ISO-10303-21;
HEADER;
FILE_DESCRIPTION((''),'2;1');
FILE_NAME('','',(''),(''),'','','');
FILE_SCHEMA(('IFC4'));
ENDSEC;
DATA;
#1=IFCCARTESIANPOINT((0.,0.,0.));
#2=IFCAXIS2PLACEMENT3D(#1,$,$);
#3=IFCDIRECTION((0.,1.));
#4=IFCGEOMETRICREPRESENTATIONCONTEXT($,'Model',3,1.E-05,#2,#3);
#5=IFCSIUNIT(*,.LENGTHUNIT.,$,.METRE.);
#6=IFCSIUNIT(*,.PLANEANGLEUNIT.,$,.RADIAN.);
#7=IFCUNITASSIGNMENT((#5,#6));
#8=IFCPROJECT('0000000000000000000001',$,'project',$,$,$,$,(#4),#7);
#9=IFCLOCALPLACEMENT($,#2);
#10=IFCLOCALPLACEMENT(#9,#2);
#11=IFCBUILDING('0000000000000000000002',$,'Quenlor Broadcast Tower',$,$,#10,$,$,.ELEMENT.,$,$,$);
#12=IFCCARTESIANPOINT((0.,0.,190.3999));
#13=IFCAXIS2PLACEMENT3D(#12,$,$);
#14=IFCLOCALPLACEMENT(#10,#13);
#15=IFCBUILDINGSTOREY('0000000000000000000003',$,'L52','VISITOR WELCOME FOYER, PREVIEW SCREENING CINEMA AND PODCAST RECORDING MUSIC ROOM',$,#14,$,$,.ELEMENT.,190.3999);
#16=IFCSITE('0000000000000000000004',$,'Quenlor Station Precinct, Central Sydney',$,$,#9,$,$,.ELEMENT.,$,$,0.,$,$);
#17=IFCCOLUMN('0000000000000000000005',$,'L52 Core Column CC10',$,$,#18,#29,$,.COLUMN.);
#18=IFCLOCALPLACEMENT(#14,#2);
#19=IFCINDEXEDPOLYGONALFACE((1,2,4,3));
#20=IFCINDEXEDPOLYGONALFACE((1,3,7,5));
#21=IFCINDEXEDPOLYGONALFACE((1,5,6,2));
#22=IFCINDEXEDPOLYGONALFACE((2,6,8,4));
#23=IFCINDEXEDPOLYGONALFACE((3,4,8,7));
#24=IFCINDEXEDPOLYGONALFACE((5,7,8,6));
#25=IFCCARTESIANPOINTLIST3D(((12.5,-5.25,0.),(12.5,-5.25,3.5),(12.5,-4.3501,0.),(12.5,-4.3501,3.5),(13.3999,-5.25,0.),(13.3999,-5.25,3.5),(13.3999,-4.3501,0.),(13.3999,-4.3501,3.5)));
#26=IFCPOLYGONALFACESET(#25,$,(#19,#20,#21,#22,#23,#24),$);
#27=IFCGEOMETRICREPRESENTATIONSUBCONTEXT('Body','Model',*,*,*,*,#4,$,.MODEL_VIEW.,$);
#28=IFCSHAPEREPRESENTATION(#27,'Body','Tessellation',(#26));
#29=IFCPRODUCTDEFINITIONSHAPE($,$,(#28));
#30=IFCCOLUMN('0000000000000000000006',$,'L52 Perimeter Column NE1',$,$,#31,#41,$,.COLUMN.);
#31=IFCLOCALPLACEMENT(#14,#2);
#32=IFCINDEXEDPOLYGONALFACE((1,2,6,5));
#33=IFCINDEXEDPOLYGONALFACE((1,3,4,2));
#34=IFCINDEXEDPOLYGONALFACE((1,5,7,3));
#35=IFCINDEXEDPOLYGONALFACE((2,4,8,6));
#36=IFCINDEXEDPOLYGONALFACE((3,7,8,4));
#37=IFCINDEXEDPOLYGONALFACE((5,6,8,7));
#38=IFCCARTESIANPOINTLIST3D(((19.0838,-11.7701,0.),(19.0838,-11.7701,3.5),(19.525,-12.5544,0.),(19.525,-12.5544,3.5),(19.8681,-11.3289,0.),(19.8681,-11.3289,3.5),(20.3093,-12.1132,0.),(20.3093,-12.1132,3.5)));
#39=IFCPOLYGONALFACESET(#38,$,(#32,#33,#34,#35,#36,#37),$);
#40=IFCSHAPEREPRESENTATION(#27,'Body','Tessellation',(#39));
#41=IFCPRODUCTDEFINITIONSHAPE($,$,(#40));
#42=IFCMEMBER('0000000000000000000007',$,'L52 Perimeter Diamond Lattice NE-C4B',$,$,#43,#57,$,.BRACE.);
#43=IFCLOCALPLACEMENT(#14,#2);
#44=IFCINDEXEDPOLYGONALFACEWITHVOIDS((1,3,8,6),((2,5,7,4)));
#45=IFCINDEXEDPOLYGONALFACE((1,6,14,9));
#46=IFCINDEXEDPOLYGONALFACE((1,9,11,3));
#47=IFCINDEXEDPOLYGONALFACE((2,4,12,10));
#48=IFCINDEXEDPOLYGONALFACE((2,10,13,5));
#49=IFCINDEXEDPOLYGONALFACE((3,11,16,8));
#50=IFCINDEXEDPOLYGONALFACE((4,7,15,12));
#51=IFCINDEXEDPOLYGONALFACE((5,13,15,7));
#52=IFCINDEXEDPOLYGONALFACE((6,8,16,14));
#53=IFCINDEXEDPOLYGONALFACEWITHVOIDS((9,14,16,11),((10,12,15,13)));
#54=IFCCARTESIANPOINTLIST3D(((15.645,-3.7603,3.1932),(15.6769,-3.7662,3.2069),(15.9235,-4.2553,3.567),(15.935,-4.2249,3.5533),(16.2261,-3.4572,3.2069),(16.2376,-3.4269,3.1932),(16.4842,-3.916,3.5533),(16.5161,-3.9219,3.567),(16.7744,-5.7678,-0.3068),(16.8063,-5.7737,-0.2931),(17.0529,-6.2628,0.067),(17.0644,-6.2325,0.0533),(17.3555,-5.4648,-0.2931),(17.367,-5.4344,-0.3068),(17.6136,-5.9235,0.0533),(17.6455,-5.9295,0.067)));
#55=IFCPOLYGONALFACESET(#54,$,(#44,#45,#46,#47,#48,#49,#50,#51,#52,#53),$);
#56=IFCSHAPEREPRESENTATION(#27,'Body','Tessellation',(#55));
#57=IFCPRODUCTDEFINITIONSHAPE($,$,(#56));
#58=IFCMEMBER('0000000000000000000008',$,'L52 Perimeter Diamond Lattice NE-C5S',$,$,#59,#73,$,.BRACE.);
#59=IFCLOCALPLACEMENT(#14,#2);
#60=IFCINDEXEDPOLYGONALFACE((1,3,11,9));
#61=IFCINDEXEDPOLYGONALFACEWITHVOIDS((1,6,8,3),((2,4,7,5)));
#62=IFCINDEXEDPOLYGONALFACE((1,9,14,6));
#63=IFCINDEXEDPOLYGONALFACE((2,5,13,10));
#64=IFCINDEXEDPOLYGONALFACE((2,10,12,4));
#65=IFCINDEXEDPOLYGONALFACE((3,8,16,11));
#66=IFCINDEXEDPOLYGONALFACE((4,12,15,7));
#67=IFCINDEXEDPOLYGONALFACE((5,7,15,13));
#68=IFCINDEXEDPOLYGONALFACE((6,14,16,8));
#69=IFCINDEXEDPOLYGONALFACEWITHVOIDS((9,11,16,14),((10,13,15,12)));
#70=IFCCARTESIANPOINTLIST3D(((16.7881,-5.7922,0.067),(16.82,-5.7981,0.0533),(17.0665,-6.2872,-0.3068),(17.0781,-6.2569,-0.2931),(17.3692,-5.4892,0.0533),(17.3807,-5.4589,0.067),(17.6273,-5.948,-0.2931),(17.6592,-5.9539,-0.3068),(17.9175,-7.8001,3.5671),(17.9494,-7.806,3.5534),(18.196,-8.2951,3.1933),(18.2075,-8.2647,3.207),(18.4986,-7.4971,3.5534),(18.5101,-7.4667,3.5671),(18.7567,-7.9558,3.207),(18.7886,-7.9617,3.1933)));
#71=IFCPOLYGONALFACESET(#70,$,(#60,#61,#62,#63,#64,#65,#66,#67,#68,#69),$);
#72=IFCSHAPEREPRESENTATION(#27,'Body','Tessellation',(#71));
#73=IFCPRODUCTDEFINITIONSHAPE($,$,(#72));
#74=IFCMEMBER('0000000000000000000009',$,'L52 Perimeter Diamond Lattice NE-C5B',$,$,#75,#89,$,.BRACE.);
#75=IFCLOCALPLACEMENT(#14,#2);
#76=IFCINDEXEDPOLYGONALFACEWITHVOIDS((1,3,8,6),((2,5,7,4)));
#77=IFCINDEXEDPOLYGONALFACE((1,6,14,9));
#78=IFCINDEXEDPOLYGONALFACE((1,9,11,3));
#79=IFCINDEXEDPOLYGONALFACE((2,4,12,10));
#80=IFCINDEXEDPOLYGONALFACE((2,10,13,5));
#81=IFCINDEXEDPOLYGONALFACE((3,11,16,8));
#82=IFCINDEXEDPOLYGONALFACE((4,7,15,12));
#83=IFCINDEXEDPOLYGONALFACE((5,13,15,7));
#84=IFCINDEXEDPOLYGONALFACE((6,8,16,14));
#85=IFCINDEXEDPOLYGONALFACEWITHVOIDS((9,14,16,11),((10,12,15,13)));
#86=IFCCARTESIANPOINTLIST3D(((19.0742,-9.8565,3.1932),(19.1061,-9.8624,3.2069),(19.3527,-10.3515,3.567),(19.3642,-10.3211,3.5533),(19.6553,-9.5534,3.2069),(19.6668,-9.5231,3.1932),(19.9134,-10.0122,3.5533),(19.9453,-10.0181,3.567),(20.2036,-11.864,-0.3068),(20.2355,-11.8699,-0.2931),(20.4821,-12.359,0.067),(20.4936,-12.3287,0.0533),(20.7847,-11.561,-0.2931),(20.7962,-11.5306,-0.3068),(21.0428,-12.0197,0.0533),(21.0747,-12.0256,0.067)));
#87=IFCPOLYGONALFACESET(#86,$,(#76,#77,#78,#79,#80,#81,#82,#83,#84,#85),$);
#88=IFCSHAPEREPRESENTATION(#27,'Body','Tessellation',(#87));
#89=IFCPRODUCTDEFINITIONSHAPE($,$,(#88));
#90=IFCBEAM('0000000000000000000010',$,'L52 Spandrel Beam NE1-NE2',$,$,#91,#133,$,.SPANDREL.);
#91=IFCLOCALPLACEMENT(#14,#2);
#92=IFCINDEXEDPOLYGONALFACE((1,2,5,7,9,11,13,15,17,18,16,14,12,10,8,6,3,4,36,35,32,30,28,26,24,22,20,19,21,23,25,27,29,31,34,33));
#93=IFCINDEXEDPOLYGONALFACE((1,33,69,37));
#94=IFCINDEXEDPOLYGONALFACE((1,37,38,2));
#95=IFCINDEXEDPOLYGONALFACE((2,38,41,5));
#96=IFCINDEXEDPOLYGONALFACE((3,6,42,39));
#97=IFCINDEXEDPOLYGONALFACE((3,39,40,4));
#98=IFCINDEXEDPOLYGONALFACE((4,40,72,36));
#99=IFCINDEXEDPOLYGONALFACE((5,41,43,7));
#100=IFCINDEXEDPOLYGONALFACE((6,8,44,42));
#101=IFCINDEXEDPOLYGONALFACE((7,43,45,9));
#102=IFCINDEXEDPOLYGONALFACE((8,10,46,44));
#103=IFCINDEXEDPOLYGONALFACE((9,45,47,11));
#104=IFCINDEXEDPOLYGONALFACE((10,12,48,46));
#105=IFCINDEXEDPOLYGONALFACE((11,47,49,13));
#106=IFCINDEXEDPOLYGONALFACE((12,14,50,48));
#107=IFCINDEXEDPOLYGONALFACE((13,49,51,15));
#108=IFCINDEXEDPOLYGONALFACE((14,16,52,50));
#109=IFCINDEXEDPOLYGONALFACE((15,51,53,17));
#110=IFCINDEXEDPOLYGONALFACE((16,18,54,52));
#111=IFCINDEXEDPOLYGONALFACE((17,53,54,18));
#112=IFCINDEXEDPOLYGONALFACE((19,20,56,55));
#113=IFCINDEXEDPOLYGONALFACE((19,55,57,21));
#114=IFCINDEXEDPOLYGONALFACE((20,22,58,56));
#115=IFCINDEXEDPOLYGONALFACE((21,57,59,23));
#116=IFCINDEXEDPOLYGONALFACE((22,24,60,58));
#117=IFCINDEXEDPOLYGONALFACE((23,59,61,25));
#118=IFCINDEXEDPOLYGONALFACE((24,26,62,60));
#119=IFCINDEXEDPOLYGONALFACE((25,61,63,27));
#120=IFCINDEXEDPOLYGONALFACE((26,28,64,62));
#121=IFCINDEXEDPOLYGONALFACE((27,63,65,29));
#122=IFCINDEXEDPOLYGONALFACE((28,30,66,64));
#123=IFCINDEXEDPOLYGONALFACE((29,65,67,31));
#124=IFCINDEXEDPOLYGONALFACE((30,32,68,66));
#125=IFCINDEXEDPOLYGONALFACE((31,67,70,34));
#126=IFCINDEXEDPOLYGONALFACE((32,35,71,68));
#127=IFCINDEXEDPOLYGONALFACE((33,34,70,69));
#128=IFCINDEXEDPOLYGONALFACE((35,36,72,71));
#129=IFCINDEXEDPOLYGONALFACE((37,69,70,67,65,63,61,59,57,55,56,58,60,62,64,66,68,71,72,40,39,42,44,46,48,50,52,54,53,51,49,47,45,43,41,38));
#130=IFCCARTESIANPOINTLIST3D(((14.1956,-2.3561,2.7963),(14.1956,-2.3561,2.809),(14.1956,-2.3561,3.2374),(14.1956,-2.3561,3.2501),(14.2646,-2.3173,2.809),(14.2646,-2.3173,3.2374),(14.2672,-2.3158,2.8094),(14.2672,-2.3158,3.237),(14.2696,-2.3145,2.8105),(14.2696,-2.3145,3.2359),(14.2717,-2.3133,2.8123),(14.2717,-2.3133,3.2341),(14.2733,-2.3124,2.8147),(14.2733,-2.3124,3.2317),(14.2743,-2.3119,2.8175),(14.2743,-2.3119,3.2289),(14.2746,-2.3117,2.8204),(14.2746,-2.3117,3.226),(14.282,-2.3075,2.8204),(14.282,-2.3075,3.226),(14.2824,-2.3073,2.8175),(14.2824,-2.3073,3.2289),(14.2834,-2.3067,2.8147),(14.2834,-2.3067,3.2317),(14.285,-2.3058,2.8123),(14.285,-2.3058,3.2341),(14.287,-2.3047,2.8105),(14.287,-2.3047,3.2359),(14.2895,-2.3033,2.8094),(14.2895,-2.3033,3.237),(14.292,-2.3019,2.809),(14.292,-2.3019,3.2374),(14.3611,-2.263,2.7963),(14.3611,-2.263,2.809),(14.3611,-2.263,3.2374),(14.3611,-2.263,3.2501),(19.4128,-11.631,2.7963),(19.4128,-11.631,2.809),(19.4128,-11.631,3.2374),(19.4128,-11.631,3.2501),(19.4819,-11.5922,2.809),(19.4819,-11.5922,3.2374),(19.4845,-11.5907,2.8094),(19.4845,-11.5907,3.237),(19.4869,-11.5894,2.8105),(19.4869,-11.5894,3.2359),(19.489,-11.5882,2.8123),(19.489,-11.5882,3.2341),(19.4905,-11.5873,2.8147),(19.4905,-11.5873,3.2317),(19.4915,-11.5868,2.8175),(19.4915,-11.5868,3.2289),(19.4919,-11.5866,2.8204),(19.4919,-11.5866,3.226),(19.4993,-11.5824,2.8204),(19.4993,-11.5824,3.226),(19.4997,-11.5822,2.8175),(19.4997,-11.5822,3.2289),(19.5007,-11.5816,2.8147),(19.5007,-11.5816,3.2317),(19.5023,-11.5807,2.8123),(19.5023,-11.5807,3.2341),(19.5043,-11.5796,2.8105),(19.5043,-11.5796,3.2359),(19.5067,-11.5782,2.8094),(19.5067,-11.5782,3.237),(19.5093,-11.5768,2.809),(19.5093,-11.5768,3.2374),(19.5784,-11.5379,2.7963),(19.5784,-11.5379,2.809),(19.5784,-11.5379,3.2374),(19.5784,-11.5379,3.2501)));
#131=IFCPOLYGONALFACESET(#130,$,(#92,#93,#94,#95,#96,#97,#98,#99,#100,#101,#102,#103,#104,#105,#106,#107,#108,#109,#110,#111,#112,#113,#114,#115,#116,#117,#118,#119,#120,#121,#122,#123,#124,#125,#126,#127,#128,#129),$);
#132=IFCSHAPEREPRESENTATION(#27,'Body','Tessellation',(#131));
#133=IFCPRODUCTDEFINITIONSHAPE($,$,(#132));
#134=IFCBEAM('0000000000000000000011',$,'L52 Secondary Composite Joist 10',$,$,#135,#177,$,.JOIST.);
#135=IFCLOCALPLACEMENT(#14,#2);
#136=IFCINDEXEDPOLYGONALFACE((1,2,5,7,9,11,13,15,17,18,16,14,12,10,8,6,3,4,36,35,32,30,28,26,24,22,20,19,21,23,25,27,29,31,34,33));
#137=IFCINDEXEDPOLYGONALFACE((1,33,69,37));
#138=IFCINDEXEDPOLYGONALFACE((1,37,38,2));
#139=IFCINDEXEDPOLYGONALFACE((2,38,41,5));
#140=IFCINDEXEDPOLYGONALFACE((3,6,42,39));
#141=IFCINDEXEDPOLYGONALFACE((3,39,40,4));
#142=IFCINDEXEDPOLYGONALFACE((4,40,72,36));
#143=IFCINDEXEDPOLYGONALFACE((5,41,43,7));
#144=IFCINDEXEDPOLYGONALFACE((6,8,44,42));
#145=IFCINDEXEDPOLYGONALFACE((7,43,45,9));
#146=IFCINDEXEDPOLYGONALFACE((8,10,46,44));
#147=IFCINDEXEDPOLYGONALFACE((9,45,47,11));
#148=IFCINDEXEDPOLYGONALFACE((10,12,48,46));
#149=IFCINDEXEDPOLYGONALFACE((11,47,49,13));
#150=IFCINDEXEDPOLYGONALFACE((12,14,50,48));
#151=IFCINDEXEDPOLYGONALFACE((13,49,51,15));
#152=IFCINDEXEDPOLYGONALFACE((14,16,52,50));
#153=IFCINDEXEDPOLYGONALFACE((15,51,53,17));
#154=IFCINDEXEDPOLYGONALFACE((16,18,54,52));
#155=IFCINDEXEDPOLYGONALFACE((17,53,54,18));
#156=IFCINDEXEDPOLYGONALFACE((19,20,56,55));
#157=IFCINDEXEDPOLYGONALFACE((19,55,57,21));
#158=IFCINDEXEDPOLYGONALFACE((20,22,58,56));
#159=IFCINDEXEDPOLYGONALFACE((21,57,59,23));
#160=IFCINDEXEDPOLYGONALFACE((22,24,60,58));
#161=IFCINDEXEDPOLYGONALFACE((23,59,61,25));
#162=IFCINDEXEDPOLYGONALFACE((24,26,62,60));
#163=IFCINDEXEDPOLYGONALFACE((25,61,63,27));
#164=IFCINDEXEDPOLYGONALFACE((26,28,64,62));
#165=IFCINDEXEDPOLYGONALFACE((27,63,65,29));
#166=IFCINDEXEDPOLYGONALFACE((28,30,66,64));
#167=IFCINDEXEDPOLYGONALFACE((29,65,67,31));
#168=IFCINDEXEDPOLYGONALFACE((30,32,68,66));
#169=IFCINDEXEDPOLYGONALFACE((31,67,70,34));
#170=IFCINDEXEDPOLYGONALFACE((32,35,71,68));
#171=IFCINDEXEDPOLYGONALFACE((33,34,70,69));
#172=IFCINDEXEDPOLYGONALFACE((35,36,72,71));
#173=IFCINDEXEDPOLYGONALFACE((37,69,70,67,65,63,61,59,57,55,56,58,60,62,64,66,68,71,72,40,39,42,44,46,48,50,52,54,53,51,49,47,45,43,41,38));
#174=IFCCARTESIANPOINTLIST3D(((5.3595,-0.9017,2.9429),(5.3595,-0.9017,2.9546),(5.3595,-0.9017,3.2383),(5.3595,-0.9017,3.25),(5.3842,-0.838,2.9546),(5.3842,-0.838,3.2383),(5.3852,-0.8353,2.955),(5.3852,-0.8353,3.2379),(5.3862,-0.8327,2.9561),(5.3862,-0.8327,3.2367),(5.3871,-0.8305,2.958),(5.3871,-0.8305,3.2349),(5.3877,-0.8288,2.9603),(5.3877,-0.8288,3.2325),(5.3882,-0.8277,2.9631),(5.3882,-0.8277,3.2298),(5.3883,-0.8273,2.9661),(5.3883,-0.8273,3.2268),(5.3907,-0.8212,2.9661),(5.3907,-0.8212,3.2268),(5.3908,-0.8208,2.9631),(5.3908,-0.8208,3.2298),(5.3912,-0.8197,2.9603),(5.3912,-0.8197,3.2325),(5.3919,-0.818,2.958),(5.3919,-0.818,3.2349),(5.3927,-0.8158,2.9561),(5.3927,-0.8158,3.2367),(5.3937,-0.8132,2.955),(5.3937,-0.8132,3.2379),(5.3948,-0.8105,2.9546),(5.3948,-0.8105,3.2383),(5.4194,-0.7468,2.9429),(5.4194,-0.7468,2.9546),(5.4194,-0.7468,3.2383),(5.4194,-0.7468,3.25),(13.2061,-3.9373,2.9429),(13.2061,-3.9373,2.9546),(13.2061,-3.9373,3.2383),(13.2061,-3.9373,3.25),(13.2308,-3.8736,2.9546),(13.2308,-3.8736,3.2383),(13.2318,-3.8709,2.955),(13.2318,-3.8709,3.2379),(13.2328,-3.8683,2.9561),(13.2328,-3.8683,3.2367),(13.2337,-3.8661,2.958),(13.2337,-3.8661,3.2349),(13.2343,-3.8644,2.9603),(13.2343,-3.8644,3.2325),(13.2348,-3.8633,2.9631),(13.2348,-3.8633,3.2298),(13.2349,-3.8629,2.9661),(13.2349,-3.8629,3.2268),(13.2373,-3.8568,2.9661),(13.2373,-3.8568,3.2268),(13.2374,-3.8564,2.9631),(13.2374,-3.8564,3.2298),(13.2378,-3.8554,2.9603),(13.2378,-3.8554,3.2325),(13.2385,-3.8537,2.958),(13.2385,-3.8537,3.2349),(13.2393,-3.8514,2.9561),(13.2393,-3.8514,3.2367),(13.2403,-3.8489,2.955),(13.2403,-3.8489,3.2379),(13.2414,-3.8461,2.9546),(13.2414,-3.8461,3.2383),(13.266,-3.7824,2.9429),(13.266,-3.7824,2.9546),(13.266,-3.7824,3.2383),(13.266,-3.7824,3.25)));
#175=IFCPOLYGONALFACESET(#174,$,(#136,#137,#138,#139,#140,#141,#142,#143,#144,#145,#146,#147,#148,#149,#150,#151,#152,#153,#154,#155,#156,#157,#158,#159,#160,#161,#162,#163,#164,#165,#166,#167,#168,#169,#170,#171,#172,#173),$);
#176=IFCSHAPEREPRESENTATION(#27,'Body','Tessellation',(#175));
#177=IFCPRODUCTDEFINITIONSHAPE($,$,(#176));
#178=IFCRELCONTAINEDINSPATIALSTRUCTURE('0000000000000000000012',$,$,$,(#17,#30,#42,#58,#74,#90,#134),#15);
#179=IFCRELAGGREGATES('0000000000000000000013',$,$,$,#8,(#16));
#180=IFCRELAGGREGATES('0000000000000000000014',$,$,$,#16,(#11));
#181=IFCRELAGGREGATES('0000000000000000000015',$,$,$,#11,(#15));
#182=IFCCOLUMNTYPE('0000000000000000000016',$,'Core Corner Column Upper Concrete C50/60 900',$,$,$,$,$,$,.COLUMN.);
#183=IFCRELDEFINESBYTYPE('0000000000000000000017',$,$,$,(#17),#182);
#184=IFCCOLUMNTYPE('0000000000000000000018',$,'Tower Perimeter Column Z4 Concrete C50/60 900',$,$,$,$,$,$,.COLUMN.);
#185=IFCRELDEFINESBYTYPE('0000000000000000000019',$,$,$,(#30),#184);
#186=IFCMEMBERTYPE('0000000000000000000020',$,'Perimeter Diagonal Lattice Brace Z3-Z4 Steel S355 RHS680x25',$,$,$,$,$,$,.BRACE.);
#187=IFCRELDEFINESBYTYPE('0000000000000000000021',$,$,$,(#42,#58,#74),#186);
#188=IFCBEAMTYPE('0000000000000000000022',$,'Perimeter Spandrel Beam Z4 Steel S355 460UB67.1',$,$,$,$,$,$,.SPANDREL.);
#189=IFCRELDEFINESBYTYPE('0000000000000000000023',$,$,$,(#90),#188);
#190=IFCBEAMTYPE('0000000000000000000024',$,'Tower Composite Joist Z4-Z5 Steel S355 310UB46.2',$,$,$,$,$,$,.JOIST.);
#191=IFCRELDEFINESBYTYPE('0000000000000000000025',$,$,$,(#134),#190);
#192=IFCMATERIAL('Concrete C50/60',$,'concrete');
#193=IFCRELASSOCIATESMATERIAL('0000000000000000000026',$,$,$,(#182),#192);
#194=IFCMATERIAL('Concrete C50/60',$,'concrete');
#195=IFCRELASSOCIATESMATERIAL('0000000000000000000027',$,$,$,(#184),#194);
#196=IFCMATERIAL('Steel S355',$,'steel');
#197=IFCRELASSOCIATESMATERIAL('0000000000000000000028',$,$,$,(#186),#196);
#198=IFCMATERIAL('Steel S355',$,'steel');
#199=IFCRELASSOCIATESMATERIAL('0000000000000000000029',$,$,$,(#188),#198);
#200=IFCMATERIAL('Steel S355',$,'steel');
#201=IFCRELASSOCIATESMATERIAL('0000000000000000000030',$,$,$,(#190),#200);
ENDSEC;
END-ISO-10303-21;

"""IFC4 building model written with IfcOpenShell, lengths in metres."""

from ifc_helpers import new_model, si_unit, direction, frame, origin, origin_2d, place, context, subcontext, project, spatial, rectangle, hollow_rectangle, i_section, extrude, material, material_profile, profile_set, type_object, element, save


model = new_model("IFC4")

# Units and contexts
model_context = context("Model", 3, precision=1e-05, world=origin(), true_north=direction((0.0, 1.0)))
body_context = subcontext(model_context, "Body", "Model", "MODEL_VIEW")
ifc_project = project(units=[si_unit("LENGTHUNIT", "METRE"), si_unit("PLANEANGLEUNIT", "RADIAN")], contexts=[model_context])

# Site, building, storey
site_placement = place(None, origin())
site = spatial("IfcSite", under=ifc_project, at=site_placement, Name="Quenlor Station Precinct, Central Sydney", CompositionType="ELEMENT", RefElevation=0.0)
building_placement = place(site_placement, origin())
building = spatial("IfcBuilding", under=site, at=building_placement, Name="Quenlor Broadcast Tower", CompositionType="ELEMENT")
storey_placement = place(building_placement, frame((0.0, 0.0, 190.3999)))
storey = spatial("IfcBuildingStorey", under=building, at=storey_placement, Name="L52", Description="VISITOR WELCOME FOYER, PREVIEW SCREENING CINEMA AND PODCAST RECORDING MUSIC ROOM", CompositionType="ELEMENT", Elevation=190.3999)

# Columns
ifc_material_1 = material(Name="Concrete C50/60", Category="concrete")
ifc_material_profile_1 = material_profile(ifc_material_1, rectangle(XDim=0.8999, YDim=0.8999, at=origin_2d()))
ifc_profile_set_1 = profile_set([ifc_material_profile_1], Name="Concrete C50/60 RC900x900")
column_type_1 = type_object("IfcColumnType", Name="Core Corner Column Upper Concrete C50/60 900", PredefinedType="COLUMN", material=ifc_profile_set_1)
column_1_placement = place(storey_placement, frame((12.95, -4.8, 0.0), z_axis=(0.0, 0.0, 1.0), x_axis=(1.0, 0.0, 0.0)))
element("IfcColumn", 1, at=column_1_placement, inside=storey, type_object=column_type_1, Name="L52 Core Column CC10", PredefinedType="COLUMN", context=body_context, shape_type="SweptSolid", body=[
    extrude(rectangle(XDim=0.8999, YDim=0.8999, at=origin_2d()), origin(), (0.0, 0.0, 1.0), 3.5),
])
ifc_material_2 = material(Name="Concrete C50/60", Category="concrete")
ifc_material_profile_2 = material_profile(ifc_material_2, rectangle(XDim=0.8999, YDim=0.8999, at=origin_2d()))
ifc_profile_set_2 = profile_set([ifc_material_profile_2], Name="Concrete C50/60 RC900x900")
column_type_2 = type_object("IfcColumnType", Name="Tower Perimeter Column Z4 Concrete C50/60 900", PredefinedType="COLUMN", material=ifc_profile_set_2)
column_2_placement = place(storey_placement, frame((19.6965, -11.9417, 0.0), z_axis=(0.0, 0.0, 1.0), x_axis=(0.871575, 0.490262, 0.0)))
element("IfcColumn", 2, at=column_2_placement, inside=storey, type_object=column_type_2, Name="L52 Perimeter Column NE1", PredefinedType="COLUMN", context=body_context, shape_type="SweptSolid", body=[
    extrude(rectangle(XDim=0.8999, YDim=0.8999, at=origin_2d()), origin(), (0.0, 0.0, 1.0), 3.5),
])

# Members
ifc_material_3 = material(Name="Steel S355", Category="steel")
ifc_material_profile_3 = material_profile(ifc_material_3, hollow_rectangle(XDim=0.6799, YDim=0.6799, WallThickness=0.0249, at=origin_2d()))
ifc_profile_set_3 = profile_set([ifc_material_profile_3], Name="Steel S355 RHS680x680x25")
member_type = type_object("IfcMemberType", Name="Perimeter Diagonal Lattice Brace Z3-Z4 Steel S355 RHS680x25", PredefinedType="BRACE", material=ifc_profile_set_3)
member_1_placement = place(storey_placement, frame((17.21, -5.8486, -0.1199), z_axis=(-0.269547, 0.479136, 0.835328), x_axis=(-0.87155, -0.490307, 0.0)))
element("IfcMember", 3, at=member_1_placement, inside=storey, type_object=member_type, Name="L52 Perimeter Diamond Lattice NE-C4B", PredefinedType="BRACE", context=body_context, shape_type="SweptSolid", body=[
    extrude(hollow_rectangle(XDim=0.6799, YDim=0.6799, WallThickness=0.0249, at=origin_2d()), origin(), (0.0, 0.0, 1.0), 4.1899),
])
member_2_placement = place(storey_placement, frame((17.2236, -5.873, -0.1199), z_axis=(0.26954, -0.479181, 0.835305), x_axis=(0.871576, 0.490261, 0.0)))
element("IfcMember", 4, at=member_2_placement, inside=storey, type_object=member_type, Name="L52 Perimeter Diamond Lattice NE-C5S", PredefinedType="BRACE", context=body_context, shape_type="SweptSolid", body=[
    extrude(hollow_rectangle(XDim=0.6799, YDim=0.6799, WallThickness=0.0249, at=origin_2d()), origin(), (0.0, 0.0, 1.0), 4.1902),
])
member_3_placement = place(storey_placement, frame((20.6392, -11.9448, -0.1199), z_axis=(-0.269547, 0.479136, 0.835328), x_axis=(-0.87155, -0.490307, 0.0)))
element("IfcMember", 5, at=member_3_placement, inside=storey, type_object=member_type, Name="L52 Perimeter Diamond Lattice NE-C5B", PredefinedType="BRACE", context=body_context, shape_type="SweptSolid", body=[
    extrude(hollow_rectangle(XDim=0.6799, YDim=0.6799, WallThickness=0.0249, at=origin_2d()), origin(), (0.0, 0.0, 1.0), 4.1899),
])

# Beams
ifc_material_4 = material(Name="Steel S355", Category="steel")
ifc_material_profile_4 = material_profile(ifc_material_4, i_section(OverallWidth=0.1899, OverallDepth=0.4539, WebThickness=0.0085, FlangeThickness=0.0127, FilletRadius=0.0115, at=origin_2d()))
ifc_profile_set_4 = profile_set([ifc_material_profile_4], Name="Steel S355 460UB67.1")
beam_type_1 = type_object("IfcBeamType", Name="Perimeter Spandrel Beam Z4 Steel S355 460UB67.1", PredefinedType="SPANDREL", material=ifc_profile_set_4)
beam_1_placement = place(storey_placement, frame((19.4956, -11.5845, 3.0232), z_axis=(-0.490272, 0.871569, 0.0), x_axis=(-0.871569, -0.490272, 0.0)))
element("IfcBeam", 6, at=beam_1_placement, inside=storey, type_object=beam_type_1, Name="L52 Spandrel Beam NE1-NE2", PredefinedType="SPANDREL", context=body_context, shape_type="SweptSolid", body=[
    extrude(i_section(OverallWidth=0.1899, OverallDepth=0.4539, WebThickness=0.0085, FlangeThickness=0.0127, FilletRadius=0.0115, at=origin_2d()), origin(), (0.0, 0.0, 1.0), 10.6416),
])
ifc_material_5 = material(Name="Steel S355", Category="steel")
ifc_material_profile_5 = material_profile(ifc_material_5, i_section(OverallWidth=0.166, OverallDepth=0.3071, WebThickness=0.0066, FlangeThickness=0.0117, FilletRadius=0.0115, at=origin_2d()))
ifc_profile_set_5 = profile_set([ifc_material_profile_5], Name="Steel S355 310UB46.2")
beam_type_2 = type_object("IfcBeamType", Name="Tower Composite Joist Z4-Z5 Steel S355 310UB46.2", PredefinedType="JOIST", material=ifc_profile_set_5)
beam_2_placement = place(storey_placement, frame((13.2361, -3.8599, 3.0964), z_axis=(-0.932639, 0.36081, 0.0), x_axis=(-0.36081, -0.932639, 0.0)))
element("IfcBeam", 7, at=beam_2_placement, inside=storey, type_object=beam_type_2, Name="L52 Secondary Composite Joist 10", PredefinedType="JOIST", context=body_context, shape_type="SweptSolid", body=[
    extrude(i_section(OverallWidth=0.166, OverallDepth=0.3071, WebThickness=0.0066, FlangeThickness=0.0117, FilletRadius=0.0115, at=origin_2d()), origin(), (0.0, 0.0, 1.0), 8.4133),
])

save(model, "model.ifc")
